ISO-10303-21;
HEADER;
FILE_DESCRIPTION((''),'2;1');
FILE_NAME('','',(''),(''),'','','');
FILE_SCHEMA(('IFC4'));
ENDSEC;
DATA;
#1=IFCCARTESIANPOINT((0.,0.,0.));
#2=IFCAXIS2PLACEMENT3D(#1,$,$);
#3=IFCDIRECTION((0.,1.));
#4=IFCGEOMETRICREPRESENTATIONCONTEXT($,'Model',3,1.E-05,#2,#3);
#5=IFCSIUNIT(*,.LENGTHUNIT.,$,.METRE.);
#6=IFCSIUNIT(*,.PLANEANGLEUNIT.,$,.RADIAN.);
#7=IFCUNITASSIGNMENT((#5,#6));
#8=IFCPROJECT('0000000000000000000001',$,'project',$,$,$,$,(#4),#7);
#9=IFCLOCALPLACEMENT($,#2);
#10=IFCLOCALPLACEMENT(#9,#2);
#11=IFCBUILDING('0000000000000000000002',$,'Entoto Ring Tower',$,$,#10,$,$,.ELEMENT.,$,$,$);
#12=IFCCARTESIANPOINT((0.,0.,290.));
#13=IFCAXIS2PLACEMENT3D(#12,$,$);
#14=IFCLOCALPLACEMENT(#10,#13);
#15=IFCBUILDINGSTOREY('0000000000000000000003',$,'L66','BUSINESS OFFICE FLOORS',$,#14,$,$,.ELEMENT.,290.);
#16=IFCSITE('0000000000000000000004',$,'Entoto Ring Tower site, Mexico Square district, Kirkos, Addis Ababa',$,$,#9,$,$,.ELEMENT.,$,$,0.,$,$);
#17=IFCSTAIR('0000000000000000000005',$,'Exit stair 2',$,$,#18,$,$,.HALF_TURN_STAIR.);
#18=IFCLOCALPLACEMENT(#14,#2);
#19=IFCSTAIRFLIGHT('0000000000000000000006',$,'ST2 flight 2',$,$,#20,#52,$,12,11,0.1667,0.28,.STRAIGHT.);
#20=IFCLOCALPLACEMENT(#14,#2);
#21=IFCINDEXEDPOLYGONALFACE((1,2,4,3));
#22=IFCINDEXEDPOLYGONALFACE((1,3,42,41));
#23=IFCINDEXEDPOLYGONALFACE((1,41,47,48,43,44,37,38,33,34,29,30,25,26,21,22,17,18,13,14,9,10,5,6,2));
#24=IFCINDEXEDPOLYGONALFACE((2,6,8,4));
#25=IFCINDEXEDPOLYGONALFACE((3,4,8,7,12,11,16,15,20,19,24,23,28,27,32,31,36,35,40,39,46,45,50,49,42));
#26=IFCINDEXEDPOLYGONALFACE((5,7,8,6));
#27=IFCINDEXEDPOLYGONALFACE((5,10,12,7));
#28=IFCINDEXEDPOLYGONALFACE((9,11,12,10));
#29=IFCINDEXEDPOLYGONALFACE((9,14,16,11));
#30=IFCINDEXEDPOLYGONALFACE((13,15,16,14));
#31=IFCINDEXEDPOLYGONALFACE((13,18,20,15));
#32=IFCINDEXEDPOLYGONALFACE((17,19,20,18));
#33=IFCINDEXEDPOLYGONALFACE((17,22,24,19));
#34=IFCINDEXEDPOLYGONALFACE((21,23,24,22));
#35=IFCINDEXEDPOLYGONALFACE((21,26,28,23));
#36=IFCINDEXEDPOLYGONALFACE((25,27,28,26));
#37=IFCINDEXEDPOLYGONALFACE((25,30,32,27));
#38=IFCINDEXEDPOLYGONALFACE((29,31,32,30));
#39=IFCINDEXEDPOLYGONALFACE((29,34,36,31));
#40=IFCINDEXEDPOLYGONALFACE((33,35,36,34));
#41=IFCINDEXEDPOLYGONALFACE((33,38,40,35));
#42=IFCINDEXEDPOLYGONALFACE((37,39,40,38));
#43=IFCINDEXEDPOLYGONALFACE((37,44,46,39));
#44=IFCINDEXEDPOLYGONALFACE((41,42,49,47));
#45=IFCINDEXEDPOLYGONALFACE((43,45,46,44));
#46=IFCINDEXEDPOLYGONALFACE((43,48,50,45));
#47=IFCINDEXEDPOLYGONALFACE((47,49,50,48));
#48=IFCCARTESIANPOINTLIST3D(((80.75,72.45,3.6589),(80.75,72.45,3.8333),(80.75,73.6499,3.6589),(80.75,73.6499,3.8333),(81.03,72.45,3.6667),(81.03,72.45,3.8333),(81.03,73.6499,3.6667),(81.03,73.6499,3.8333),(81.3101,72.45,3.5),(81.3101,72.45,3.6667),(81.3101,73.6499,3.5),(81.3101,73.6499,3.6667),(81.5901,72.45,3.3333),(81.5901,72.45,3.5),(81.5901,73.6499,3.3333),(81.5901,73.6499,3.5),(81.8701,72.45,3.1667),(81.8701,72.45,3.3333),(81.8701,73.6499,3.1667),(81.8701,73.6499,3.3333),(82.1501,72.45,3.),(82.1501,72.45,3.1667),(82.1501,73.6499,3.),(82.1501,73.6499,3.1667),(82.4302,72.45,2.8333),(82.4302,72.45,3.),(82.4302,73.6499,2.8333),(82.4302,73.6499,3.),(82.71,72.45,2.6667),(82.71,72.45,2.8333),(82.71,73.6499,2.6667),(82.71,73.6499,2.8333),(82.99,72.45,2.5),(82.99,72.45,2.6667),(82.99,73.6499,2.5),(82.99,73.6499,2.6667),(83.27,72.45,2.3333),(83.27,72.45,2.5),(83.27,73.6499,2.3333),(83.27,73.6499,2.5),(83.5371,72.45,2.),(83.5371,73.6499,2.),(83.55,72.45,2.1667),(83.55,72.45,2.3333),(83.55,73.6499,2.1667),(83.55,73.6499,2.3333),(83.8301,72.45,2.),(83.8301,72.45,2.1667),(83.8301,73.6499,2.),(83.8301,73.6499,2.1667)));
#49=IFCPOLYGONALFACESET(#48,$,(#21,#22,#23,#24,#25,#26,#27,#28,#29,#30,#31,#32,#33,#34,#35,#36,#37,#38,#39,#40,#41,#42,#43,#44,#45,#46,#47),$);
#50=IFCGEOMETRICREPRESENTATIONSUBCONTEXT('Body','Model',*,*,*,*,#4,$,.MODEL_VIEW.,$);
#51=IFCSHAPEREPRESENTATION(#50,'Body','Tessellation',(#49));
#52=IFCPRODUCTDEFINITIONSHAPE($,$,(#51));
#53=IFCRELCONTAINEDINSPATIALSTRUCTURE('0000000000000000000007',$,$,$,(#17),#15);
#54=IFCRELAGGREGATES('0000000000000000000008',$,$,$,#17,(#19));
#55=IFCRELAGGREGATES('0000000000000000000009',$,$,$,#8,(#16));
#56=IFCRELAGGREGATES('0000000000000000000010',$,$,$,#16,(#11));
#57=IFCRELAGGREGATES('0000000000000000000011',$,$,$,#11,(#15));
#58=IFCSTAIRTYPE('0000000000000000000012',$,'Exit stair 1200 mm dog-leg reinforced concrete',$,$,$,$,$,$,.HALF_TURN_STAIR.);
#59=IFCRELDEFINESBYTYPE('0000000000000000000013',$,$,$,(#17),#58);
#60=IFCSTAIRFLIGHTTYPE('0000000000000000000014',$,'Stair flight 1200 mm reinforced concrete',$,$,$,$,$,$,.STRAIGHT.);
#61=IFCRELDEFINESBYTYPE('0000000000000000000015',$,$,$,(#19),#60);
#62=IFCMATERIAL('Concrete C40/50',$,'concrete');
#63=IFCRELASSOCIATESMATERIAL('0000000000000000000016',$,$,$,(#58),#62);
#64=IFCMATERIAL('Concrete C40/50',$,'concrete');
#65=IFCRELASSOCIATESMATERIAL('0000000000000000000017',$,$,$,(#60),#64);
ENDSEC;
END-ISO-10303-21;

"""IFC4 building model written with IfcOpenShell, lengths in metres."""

from ifc_helpers import new_model, si_unit, direction, frame, origin, place, context, subcontext, project, spatial, polyline, outline, extrude, material, type_object, element, aggregate, save


model = new_model("IFC4")

# Units and contexts
model_context = context("Model", 3, precision=1e-05, world=origin(), true_north=direction((0.0, 1.0)))
body_context = subcontext(model_context, "Body", "Model", "MODEL_VIEW")
ifc_project = project(units=[si_unit("LENGTHUNIT", "METRE"), si_unit("PLANEANGLEUNIT", "RADIAN")], contexts=[model_context])

# Site, building, storey
site_placement = place(None, origin())
site = spatial("IfcSite", under=ifc_project, at=site_placement, Name="Entoto Ring Tower site, Mexico Square district, Kirkos, Addis Ababa", CompositionType="ELEMENT", RefElevation=0.0)
building_placement = place(site_placement, origin())
building = spatial("IfcBuilding", under=site, at=building_placement, Name="Entoto Ring Tower", CompositionType="ELEMENT")
storey_placement = place(building_placement, frame((0.0, 0.0, 290.0)))
storey = spatial("IfcBuildingStorey", under=building, at=storey_placement, Name="L66", Description="BUSINESS OFFICE FLOORS", CompositionType="ELEMENT", Elevation=290.0)

# Stair, stair flight
ifc_material_1 = material(Name="Concrete C40/50", Category="concrete")
stair_type = type_object("IfcStairType", Name="Exit stair 1200 mm dog-leg reinforced concrete", PredefinedType="HALF_TURN_STAIR", material=ifc_material_1)
stair_placement = place(storey_placement, origin())
stair = element("IfcStair", 1, at=stair_placement, inside=storey, type_object=stair_type, Name="Exit stair 2", PredefinedType="HALF_TURN_STAIR")
ifc_material_2 = material(Name="Concrete C40/50", Category="concrete")
stair_flight_type = type_object("IfcStairFlightType", Name="Stair flight 1200 mm reinforced concrete", PredefinedType="STRAIGHT", material=ifc_material_2)
stair_flight_1_placement = place(storey_placement, frame((83.8301, 73.05, 2.0), z_axis=(0.0, 0.0, 1.0), x_axis=(-1.0, 0.0, 0.0)))
stair_flight_1 = element("IfcStairFlight", 2, at=stair_flight_1_placement, type_object=stair_flight_type, Name="ST2 flight 2", NumberOfRisers=12, NumberOfTreads=11, PredefinedType="STRAIGHT", RiserHeight=0.1667, TreadLength=0.28, context=body_context, shape_type="SweptSolid", body=[
    extrude(outline(polyline([(0.0, 0.0), (0.0, 0.1667), (0.28, 0.1667), (0.28, 0.3333), (0.5601, 0.3333), (0.5601, 0.5), (0.8401, 0.5), (0.8401, 0.6667), (1.1201, 0.6667), (1.1201, 0.8333), (1.3999, 0.8333), (1.3999, 1.0), (1.6799, 1.0), (1.6799, 1.1667), (1.96, 1.1667), (1.96, 1.3333), (2.24, 1.3333), (2.24, 1.5), (2.52, 1.5), (2.52, 1.6667), (2.8, 1.6667), (2.8, 1.8333), (3.0801, 1.8333), (3.0801, 2.0), (3.0801, 1.6589), (0.293, 0.0), (0.0, 0.0)])), frame((0.0, 0.6001, 0.0), z_axis=(0.0, -1.0, 0.0), x_axis=(1.0, 0.0, 0.0)), (0.0, 0.0, 1.0), 1.2),
])
aggregate(stair, [stair_flight_1])

save(model, "model.ifc")
